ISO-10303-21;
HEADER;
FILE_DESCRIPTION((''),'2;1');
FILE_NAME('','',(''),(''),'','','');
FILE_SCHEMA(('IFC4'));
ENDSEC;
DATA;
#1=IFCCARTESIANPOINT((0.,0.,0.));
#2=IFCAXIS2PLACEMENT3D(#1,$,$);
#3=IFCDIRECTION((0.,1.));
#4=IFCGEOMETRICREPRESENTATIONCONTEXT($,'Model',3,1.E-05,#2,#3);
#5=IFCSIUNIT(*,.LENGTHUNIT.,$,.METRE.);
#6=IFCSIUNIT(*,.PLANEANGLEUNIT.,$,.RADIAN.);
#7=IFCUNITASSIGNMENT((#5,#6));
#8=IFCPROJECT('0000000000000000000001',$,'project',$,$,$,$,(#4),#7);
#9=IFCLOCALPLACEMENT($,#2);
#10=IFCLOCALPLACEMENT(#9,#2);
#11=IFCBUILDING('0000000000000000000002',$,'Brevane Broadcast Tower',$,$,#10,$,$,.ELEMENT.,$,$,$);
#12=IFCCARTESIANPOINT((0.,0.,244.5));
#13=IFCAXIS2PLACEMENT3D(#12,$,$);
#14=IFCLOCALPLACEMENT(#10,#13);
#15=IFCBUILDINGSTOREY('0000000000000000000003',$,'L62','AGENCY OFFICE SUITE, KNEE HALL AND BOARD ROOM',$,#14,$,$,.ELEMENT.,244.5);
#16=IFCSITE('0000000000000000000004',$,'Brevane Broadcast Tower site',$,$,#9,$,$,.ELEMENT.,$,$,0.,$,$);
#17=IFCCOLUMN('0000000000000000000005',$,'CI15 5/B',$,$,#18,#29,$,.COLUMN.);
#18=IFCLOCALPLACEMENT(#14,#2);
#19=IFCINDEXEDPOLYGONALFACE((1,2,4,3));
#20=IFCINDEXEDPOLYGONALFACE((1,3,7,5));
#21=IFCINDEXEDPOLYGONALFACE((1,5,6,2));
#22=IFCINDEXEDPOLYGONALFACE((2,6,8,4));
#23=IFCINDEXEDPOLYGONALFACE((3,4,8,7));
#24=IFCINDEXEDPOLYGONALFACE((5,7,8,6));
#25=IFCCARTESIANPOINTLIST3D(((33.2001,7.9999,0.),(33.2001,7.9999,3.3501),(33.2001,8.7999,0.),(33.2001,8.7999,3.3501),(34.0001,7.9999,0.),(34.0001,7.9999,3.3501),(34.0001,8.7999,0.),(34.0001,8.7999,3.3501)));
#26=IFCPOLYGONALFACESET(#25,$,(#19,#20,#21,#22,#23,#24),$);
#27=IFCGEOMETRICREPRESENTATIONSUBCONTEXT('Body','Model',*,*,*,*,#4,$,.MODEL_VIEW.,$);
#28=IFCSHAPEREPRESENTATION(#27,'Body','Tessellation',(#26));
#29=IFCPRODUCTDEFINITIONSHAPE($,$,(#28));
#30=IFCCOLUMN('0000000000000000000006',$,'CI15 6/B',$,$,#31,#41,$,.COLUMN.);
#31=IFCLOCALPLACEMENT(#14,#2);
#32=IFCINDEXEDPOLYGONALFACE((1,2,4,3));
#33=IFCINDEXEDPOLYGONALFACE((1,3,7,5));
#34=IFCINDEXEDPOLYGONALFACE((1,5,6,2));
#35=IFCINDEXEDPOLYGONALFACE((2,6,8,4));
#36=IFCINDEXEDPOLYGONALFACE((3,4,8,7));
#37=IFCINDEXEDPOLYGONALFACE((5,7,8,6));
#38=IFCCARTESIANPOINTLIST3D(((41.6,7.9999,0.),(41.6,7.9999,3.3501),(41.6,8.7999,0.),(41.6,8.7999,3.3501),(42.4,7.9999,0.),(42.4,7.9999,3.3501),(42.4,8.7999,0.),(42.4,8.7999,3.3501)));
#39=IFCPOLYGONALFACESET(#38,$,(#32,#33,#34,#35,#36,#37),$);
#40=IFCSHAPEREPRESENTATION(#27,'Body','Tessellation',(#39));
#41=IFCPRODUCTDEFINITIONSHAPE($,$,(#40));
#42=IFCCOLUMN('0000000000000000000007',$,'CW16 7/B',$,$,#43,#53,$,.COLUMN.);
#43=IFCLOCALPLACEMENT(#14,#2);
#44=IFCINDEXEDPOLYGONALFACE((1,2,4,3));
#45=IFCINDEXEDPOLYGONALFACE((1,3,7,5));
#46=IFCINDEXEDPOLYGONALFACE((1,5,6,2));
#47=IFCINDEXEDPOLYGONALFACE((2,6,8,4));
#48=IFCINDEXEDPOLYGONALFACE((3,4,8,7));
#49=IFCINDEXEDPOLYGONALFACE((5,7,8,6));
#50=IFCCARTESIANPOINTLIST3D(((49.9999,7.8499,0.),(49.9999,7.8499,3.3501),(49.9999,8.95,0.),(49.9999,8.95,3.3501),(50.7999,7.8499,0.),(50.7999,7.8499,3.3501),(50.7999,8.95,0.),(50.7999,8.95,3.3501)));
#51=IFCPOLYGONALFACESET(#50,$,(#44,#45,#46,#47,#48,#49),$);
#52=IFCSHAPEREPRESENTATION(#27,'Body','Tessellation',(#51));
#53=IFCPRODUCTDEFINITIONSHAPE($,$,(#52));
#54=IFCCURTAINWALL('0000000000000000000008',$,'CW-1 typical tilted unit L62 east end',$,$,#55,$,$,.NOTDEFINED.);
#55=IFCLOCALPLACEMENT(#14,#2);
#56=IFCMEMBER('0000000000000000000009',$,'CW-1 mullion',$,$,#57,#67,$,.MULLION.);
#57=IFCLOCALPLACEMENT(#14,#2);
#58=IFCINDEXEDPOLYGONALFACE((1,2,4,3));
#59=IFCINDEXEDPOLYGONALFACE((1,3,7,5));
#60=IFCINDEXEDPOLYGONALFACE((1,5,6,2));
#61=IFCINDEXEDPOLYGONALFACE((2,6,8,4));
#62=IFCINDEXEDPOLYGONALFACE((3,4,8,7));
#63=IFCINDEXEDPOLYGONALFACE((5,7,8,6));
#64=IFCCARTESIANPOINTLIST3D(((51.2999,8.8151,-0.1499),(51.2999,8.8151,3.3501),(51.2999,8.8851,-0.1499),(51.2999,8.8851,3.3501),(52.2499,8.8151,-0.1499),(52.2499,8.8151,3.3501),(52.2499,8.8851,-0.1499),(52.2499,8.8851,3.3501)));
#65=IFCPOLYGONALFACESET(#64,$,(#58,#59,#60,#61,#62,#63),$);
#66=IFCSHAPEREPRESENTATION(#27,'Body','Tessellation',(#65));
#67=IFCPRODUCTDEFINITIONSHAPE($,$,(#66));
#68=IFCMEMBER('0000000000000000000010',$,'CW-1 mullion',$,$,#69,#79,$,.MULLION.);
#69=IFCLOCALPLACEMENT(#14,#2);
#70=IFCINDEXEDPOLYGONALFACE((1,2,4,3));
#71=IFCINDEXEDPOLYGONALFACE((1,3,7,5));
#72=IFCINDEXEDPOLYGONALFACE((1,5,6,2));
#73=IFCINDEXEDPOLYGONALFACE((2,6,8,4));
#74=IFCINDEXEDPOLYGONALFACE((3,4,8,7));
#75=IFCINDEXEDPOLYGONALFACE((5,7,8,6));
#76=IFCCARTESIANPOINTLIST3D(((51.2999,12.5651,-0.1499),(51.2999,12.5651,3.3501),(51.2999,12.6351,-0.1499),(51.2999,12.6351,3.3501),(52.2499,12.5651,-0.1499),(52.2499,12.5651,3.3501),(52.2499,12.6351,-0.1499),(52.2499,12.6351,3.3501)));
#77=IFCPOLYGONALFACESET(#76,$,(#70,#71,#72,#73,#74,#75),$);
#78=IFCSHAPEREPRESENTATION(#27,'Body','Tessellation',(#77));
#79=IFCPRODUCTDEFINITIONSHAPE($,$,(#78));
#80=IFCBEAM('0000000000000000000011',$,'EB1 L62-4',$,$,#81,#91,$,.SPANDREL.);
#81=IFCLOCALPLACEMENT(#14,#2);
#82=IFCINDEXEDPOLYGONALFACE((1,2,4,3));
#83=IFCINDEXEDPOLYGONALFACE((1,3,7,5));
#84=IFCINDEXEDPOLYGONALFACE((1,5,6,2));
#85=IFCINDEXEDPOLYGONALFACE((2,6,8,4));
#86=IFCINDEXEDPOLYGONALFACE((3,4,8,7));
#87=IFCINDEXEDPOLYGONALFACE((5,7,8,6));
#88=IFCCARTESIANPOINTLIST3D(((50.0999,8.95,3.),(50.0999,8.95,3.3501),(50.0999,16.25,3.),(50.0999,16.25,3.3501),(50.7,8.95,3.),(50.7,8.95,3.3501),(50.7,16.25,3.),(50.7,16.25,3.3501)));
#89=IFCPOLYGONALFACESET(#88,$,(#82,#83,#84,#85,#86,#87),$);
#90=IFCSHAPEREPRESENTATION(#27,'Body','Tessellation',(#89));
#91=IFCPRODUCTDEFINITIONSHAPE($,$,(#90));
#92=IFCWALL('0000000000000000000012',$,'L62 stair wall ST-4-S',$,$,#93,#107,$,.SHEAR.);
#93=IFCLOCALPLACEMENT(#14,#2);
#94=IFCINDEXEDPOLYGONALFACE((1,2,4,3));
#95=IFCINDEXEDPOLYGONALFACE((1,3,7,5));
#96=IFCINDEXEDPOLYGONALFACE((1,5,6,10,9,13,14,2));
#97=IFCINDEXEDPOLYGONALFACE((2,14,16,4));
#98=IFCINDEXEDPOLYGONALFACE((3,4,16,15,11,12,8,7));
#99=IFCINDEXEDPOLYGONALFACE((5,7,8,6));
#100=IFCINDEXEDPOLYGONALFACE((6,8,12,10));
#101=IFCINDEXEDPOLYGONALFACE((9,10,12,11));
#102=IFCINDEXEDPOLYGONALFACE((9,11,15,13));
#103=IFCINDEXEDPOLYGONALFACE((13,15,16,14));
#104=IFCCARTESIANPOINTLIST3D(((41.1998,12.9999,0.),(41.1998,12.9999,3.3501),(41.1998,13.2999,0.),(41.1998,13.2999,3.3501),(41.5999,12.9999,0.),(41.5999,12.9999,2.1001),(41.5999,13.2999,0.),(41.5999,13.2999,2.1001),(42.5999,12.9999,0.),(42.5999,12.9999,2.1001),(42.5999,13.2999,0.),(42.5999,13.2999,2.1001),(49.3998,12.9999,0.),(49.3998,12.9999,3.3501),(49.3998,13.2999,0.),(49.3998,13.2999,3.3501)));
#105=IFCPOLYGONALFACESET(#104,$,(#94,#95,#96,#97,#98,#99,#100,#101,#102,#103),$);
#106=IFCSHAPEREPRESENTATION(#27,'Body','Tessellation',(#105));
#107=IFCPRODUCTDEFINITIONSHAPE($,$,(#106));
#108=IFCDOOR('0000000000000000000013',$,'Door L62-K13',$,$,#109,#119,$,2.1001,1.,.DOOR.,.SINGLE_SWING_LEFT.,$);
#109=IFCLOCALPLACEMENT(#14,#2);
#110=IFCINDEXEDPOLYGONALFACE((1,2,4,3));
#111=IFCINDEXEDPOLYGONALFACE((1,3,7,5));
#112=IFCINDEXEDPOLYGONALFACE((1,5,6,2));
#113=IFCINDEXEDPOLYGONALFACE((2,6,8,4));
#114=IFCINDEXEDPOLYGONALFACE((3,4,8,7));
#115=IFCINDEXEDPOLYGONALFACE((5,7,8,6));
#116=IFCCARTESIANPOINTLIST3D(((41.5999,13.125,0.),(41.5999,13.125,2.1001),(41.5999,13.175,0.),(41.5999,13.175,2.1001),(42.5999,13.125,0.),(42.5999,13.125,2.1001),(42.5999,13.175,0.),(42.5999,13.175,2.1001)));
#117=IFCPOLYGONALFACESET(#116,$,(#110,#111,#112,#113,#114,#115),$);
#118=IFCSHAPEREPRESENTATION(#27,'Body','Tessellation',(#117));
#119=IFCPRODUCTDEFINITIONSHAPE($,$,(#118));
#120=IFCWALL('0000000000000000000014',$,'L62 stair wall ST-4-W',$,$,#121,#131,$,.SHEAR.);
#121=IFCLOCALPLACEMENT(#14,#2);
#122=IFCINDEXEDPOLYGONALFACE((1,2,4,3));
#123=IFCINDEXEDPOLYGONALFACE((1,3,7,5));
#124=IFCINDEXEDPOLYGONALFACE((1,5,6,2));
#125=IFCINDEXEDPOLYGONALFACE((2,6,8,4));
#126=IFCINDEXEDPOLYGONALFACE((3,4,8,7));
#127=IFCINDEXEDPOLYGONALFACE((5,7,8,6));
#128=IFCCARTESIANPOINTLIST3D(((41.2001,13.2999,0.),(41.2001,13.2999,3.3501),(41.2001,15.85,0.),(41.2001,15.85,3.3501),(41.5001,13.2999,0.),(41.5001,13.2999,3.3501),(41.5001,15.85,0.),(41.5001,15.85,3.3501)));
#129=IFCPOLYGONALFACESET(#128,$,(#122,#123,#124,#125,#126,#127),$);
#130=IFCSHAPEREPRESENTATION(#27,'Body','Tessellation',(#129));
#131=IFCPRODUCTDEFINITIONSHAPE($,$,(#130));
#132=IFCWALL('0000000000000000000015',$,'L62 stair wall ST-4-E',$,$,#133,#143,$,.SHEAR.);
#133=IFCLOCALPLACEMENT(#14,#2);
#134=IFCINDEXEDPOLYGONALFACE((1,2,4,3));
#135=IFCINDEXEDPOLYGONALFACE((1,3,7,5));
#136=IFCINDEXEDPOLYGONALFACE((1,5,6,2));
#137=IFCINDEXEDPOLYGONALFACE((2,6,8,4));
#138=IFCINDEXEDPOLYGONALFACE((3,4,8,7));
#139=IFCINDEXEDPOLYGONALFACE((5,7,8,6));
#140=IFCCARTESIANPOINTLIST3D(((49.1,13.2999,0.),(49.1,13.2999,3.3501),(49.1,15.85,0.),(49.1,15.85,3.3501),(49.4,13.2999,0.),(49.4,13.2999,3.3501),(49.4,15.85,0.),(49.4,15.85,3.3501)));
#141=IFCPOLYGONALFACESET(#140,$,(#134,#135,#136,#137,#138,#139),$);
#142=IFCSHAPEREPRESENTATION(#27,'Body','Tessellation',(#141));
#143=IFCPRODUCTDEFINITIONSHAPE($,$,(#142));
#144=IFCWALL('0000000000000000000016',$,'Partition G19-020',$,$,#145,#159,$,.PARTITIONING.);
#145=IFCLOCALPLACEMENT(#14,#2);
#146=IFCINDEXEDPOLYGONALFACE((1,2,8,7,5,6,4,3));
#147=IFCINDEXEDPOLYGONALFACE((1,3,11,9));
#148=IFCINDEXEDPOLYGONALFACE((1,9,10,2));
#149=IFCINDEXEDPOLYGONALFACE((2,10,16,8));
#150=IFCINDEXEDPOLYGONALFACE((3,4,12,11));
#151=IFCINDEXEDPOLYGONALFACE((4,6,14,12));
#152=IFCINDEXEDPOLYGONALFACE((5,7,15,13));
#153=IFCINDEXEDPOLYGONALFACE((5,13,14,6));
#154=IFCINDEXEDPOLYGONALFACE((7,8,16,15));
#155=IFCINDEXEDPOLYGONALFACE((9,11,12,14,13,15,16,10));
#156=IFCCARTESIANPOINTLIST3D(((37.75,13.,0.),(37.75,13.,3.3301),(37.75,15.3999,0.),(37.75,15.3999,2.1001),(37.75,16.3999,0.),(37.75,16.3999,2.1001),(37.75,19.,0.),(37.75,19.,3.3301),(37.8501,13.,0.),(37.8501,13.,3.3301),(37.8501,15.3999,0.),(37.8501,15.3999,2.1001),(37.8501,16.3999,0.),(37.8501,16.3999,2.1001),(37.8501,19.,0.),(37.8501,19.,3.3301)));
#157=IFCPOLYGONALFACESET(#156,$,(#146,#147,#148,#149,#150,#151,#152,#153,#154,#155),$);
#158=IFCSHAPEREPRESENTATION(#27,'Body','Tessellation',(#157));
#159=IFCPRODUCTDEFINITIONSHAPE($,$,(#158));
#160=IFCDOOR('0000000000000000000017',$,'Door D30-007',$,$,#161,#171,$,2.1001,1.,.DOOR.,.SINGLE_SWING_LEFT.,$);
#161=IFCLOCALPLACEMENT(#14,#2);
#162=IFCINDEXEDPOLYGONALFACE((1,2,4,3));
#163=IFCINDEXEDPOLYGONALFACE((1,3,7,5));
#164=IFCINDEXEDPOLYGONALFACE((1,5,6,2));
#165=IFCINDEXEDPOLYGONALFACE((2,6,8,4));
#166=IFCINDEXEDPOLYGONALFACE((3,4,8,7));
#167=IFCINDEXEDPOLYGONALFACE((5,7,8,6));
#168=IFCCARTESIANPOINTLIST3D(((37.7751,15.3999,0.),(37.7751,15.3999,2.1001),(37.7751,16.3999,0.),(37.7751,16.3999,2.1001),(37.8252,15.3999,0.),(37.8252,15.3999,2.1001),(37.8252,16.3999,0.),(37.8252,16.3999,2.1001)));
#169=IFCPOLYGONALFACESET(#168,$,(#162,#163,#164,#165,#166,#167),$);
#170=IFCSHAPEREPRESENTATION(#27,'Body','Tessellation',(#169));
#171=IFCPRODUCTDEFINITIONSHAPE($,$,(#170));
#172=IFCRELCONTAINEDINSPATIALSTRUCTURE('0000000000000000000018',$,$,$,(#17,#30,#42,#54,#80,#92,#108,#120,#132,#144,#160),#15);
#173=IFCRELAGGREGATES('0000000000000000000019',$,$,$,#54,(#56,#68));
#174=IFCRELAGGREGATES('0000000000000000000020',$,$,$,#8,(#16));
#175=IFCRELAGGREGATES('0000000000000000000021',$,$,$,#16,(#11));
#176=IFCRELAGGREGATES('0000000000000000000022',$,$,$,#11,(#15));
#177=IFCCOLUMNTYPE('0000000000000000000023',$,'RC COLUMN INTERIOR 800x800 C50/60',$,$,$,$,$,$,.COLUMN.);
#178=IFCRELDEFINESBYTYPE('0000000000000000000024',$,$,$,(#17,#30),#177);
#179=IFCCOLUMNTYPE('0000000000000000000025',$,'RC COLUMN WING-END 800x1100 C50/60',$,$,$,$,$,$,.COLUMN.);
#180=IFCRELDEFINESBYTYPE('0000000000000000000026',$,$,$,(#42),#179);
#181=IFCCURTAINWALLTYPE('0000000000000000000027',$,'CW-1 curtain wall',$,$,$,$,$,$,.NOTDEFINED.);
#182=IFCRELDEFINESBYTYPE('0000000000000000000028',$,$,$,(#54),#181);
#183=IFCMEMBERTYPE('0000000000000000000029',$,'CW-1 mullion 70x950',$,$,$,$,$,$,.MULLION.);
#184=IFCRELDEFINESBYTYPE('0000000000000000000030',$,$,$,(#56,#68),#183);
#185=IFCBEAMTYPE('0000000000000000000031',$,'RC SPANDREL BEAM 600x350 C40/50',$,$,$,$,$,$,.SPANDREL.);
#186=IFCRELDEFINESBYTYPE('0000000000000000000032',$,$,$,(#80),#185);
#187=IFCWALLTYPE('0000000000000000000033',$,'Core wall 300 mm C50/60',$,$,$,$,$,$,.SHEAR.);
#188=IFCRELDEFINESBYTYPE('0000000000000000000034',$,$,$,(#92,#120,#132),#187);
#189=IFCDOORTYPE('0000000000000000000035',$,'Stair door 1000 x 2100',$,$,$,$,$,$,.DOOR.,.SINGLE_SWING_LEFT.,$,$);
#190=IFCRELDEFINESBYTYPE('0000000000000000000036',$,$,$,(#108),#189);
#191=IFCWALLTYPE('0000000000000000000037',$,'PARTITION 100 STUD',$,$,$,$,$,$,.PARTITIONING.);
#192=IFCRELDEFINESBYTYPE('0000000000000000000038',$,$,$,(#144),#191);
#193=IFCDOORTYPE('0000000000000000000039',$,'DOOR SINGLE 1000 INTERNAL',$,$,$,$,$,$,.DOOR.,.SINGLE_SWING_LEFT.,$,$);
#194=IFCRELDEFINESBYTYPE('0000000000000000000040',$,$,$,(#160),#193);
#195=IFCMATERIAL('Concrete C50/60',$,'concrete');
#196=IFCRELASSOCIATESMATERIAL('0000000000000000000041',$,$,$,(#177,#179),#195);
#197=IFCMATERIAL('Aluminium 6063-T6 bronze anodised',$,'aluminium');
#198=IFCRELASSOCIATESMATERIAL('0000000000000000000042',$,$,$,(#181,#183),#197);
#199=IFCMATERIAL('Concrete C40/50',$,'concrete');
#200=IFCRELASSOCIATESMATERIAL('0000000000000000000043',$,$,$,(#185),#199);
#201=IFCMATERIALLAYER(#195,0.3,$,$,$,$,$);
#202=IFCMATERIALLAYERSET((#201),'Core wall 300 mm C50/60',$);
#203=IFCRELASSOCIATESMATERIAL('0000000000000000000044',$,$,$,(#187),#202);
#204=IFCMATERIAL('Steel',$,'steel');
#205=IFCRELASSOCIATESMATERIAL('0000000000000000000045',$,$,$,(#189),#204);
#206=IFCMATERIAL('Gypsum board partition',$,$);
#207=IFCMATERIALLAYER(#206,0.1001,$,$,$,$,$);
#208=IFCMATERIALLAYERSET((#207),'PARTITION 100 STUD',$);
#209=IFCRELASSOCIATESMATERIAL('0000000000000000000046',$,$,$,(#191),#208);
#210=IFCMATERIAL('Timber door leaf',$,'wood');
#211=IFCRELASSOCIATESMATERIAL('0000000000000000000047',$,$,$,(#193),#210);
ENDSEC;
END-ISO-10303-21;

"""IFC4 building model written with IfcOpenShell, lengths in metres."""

from ifc_helpers import new_model, si_unit, direction, frame, frame_2d, origin, origin_2d, place, context, subcontext, project, spatial, rectangle, extrude, material, layer, layer_set, material_profile, profile_set, type_object, element, fill, aggregate, save


model = new_model("IFC4")

# Units and contexts
model_context = context("Model", 3, precision=1e-05, world=origin(), true_north=direction((0.0, 1.0)))
body_context = subcontext(model_context, "Body", "Model", "MODEL_VIEW")
ifc_project = project(units=[si_unit("LENGTHUNIT", "METRE"), si_unit("PLANEANGLEUNIT", "RADIAN")], contexts=[model_context])

# Site, building, storey
site_placement = place(None, origin())
site = spatial("IfcSite", under=ifc_project, at=site_placement, Name="Brevane Broadcast Tower site", CompositionType="ELEMENT", RefElevation=0.0)
building_placement = place(site_placement, origin())
building = spatial("IfcBuilding", under=site, at=building_placement, Name="Brevane Broadcast Tower", CompositionType="ELEMENT")
storey_placement = place(building_placement, frame((0.0, 0.0, 244.5)))
storey = spatial("IfcBuildingStorey", under=building, at=storey_placement, Name="L62", Description="AGENCY OFFICE SUITE, KNEE HALL AND BOARD ROOM", CompositionType="ELEMENT", Elevation=244.5)

# Columns
ifc_material_1 = material(Name="Concrete C50/60", Category="concrete")
ifc_material_profile_1 = material_profile(ifc_material_1, rectangle(XDim=0.8, YDim=0.8, at=origin_2d()), Name="RC 800x800")
ifc_profile_set_1 = profile_set([ifc_material_profile_1], Name="Concrete C50/60")
column_type_1 = type_object("IfcColumnType", Name="RC COLUMN INTERIOR 800x800 C50/60", PredefinedType="COLUMN", material=ifc_profile_set_1)
for number, where, z_axis, x_axis, name in (
    (1, (33.6001, 8.3999, 0.0), (0.0, 0.0, 1.0), (1.0, 0.0, 0.0), "CI15 5/B"),
    (2, (42.0, 8.3999, 0.0), (0.0, 0.0, 1.0), (1.0, 0.0, 0.0), "CI15 6/B"),
):
    element("IfcColumn", number, at=place(storey_placement, frame(where, z_axis=z_axis, x_axis=x_axis)), inside=storey, type_object=column_type_1, Name=name, PredefinedType="COLUMN", context=body_context, shape_type="SweptSolid", body=[
        extrude(rectangle(XDim=0.8, YDim=0.8, at=origin_2d()), origin(), (0.0, 0.0, 1.0), 3.3501),
    ])
ifc_material_profile_2 = material_profile(ifc_material_1, rectangle(XDim=0.8, YDim=1.1001, at=origin_2d()), Name="RC 800x1100")
ifc_profile_set_2 = profile_set([ifc_material_profile_2], Name="Concrete C50/60")
column_type_2 = type_object("IfcColumnType", Name="RC COLUMN WING-END 800x1100 C50/60", PredefinedType="COLUMN", material=ifc_profile_set_2)
column_placement = place(storey_placement, frame((50.3999, 8.3999, 0.0), z_axis=(0.0, 0.0, 1.0), x_axis=(1.0, 0.0, 0.0)))
element("IfcColumn", 3, at=column_placement, inside=storey, type_object=column_type_2, Name="CW16 7/B", PredefinedType="COLUMN", context=body_context, shape_type="SweptSolid", body=[
    extrude(rectangle(XDim=0.8, YDim=1.1001, at=origin_2d()), origin(), (0.0, 0.0, 1.0), 3.3501),
])

# Curtain wall, members
ifc_material_2 = material(Name="Aluminium 6063-T6 bronze anodised", Category="aluminium")
curtain_wall_type = type_object("IfcCurtainWallType", Name="CW-1 curtain wall", PredefinedType="NOTDEFINED", material=ifc_material_2)
curtain_wall_placement = place(storey_placement, origin())
curtain_wall = element("IfcCurtainWall", 4, at=curtain_wall_placement, inside=storey, type_object=curtain_wall_type, Name="CW-1 typical tilted unit L62 east end", PredefinedType="NOTDEFINED")
ifc_material_profile_3 = material_profile(ifc_material_2, rectangle(XDim=0.95, YDim=0.0701, at=origin_2d()), Name="RECT 70x950")
ifc_profile_set_3 = profile_set([ifc_material_profile_3], Name="Aluminium 6063-T6 bronze anodised")
member_type = type_object("IfcMemberType", Name="CW-1 mullion 70x950", PredefinedType="MULLION", material=ifc_profile_set_3)
member_1_placement = place(storey_placement, frame((51.7749, 8.8501, -0.1499), z_axis=(0.0, 0.0, 1.0), x_axis=(-1.0, 0.0, 0.0)))
member_1 = element("IfcMember", 5, at=member_1_placement, type_object=member_type, Name="CW-1 mullion", PredefinedType="MULLION", context=body_context, shape_type="SweptSolid", body=[
    extrude(rectangle(XDim=0.95, YDim=0.0701, at=origin_2d()), origin(), (0.0, 0.0, 1.0), 3.5),
])
member_2_placement = place(storey_placement, frame((51.7749, 12.6001, -0.1499), z_axis=(0.0, 0.0, 1.0), x_axis=(-1.0, 0.0, 0.0)))
member_2 = element("IfcMember", 6, at=member_2_placement, type_object=member_type, Name="CW-1 mullion", PredefinedType="MULLION", context=body_context, shape_type="SweptSolid", body=[
    extrude(rectangle(XDim=0.95, YDim=0.0701, at=origin_2d()), origin(), (0.0, 0.0, 1.0), 3.5),
])
aggregate(curtain_wall, [member_1, member_2])

# Beam
ifc_material_3 = material(Name="Concrete C40/50", Category="concrete")
ifc_material_profile_4 = material_profile(ifc_material_3, rectangle(XDim=0.6001, YDim=0.3501, at=origin_2d()), Name="RC 600x350")
ifc_profile_set_4 = profile_set([ifc_material_profile_4], Name="Concrete C40/50")
beam_type = type_object("IfcBeamType", Name="RC SPANDREL BEAM 600x350 C40/50", PredefinedType="SPANDREL", material=ifc_profile_set_4)
beam_placement = place(storey_placement, frame((50.3999, 8.95, 3.175), z_axis=(0.0, 1.0, 0.0), x_axis=(-1.0, 0.0, 0.0)))
element("IfcBeam", 7, at=beam_placement, inside=storey, type_object=beam_type, Name="EB1 L62-4", PredefinedType="SPANDREL", context=body_context, shape_type="SweptSolid", body=[
    extrude(rectangle(XDim=0.6001, YDim=0.3501, at=origin_2d()), origin(), (0.0, 0.0, 1.0), 7.3),
])

# Wall, opening, door
ifc_layer_1 = layer(ifc_material_1, 0.3)
ifc_layer_set_1 = layer_set([ifc_layer_1], Name="Core wall 300 mm C50/60")
wall_type_1 = type_object("IfcWallType", Name="Core wall 300 mm C50/60", PredefinedType="SHEAR", material=ifc_layer_set_1)
wall_1_placement = place(storey_placement, frame((49.3999, 13.1499, 0.0), z_axis=(0.0, 0.0, 1.0), x_axis=(-1.0, 0.0, 0.0)))
wall_1 = element("IfcWall", 8, at=wall_1_placement, inside=storey, type_object=wall_type_1, Name="L62 stair wall ST-4-S", PredefinedType="SHEAR", context=body_context, shape_type="SweptSolid", body=[
    extrude(rectangle(XDim=8.2, YDim=0.3, at=frame_2d((4.1001, 0.0))), origin(), (0.0, 0.0, 1.0), 3.3501),
])
opening_1_placement = place(wall_1_placement, frame((6.8, 0.0, 0.0)))
opening_1 = element("IfcOpeningElement", 9, at=opening_1_placement, cuts=wall_1, PredefinedType="OPENING", context=body_context, shape_type="SweptSolid", body=[
    extrude(rectangle(XDim=1.0, YDim=2.1001, at=frame_2d((0.5, 1.05))), frame((0.0, 0.1599, 0.0), z_axis=(0.0, -1.0, 0.0), x_axis=(1.0, 0.0, 0.0)), (0.0, 0.0, 1.0), 0.3201),
])
ifc_material_4 = material(Name="Steel", Category="steel")
door_type_1 = type_object("IfcDoorType", Name="Stair door 1000 x 2100", OperationType="SINGLE_SWING_LEFT", PredefinedType="DOOR", material=ifc_material_4)
door_1_placement = place(opening_1_placement, origin())
door_1 = element("IfcDoor", 10, at=door_1_placement, inside=storey, type_object=door_type_1, Name="Door L62-K13", OperationType="SINGLE_SWING_LEFT", OverallHeight=2.1001, OverallWidth=1.0, PredefinedType="DOOR", context=body_context, shape_type="SweptSolid", body=[
    extrude(rectangle(XDim=1.0, YDim=2.1001, at=frame_2d((0.5, 1.05))), frame((0.0, 0.0249, 0.0), z_axis=(0.0, -1.0, 0.0), x_axis=(1.0, 0.0, 0.0)), (0.0, 0.0, 1.0), 0.05),
])
fill(opening_1, door_1)

# Walls
for number, where, z_axis, x_axis, name in (
    (11, (41.3501, 13.3, 0.0), (0.0, 0.0, 1.0), (0.0, 1.0, 0.0), "L62 stair wall ST-4-W"),
    (12, (49.25, 13.3, 0.0), (0.0, 0.0, 1.0), (0.0, 1.0, 0.0), "L62 stair wall ST-4-E"),
):
    element("IfcWall", number, at=place(storey_placement, frame(where, z_axis=z_axis, x_axis=x_axis)), inside=storey, type_object=wall_type_1, Name=name, PredefinedType="SHEAR", context=body_context, shape_type="SweptSolid", body=[
        extrude(rectangle(XDim=2.55, YDim=0.3, at=frame_2d((1.2749, 0.0))), origin(), (0.0, 0.0, 1.0), 3.3501),
    ])

# Wall, opening, door
ifc_material_5 = material(Name="Gypsum board partition")
ifc_layer_2 = layer(ifc_material_5, 0.1001)
ifc_layer_set_2 = layer_set([ifc_layer_2], Name="PARTITION 100 STUD")
wall_type_2 = type_object("IfcWallType", Name="PARTITION 100 STUD", PredefinedType="PARTITIONING", material=ifc_layer_set_2)
wall_2_placement = place(storey_placement, frame((37.8, 13.0, 0.0), z_axis=(0.0, 0.0, 1.0), x_axis=(0.0, 1.0, 0.0)))
wall_2 = element("IfcWall", 13, at=wall_2_placement, inside=storey, type_object=wall_type_2, Name="Partition G19-020", PredefinedType="PARTITIONING", context=body_context, shape_type="SweptSolid", body=[
    extrude(rectangle(XDim=6.0, YDim=0.1001, at=frame_2d((3.0, 0.0))), origin(), (0.0, 0.0, 1.0), 3.3301),
])
opening_2_placement = place(wall_2_placement, frame((2.3999, 0.0, 0.0)))
opening_2 = element("IfcOpeningElement", 14, at=opening_2_placement, cuts=wall_2, PredefinedType="OPENING", context=body_context, shape_type="SweptSolid", body=[
    extrude(rectangle(XDim=1.0, YDim=2.1001, at=frame_2d((0.5, 1.05))), frame((0.0, 0.0601, 0.0), z_axis=(0.0, -1.0, 0.0), x_axis=(1.0, 0.0, 0.0)), (0.0, 0.0, 1.0), 0.1201),
])
ifc_material_6 = material(Name="Timber door leaf", Category="wood")
door_type_2 = type_object("IfcDoorType", Name="DOOR SINGLE 1000 INTERNAL", OperationType="SINGLE_SWING_LEFT", PredefinedType="DOOR", material=ifc_material_6)
door_2_placement = place(opening_2_placement, origin())
door_2 = element("IfcDoor", 15, at=door_2_placement, inside=storey, type_object=door_type_2, Name="Door D30-007", OperationType="SINGLE_SWING_LEFT", OverallHeight=2.1001, OverallWidth=1.0, PredefinedType="DOOR", context=body_context, shape_type="SweptSolid", body=[
    extrude(rectangle(XDim=1.0, YDim=2.1001, at=frame_2d((0.5, 1.05))), frame((0.0, 0.0249, 0.0), z_axis=(0.0, -1.0, 0.0), x_axis=(1.0, 0.0, 0.0)), (0.0, 0.0, 1.0), 0.05),
])
fill(opening_2, door_2)

save(model, "model.ifc")
